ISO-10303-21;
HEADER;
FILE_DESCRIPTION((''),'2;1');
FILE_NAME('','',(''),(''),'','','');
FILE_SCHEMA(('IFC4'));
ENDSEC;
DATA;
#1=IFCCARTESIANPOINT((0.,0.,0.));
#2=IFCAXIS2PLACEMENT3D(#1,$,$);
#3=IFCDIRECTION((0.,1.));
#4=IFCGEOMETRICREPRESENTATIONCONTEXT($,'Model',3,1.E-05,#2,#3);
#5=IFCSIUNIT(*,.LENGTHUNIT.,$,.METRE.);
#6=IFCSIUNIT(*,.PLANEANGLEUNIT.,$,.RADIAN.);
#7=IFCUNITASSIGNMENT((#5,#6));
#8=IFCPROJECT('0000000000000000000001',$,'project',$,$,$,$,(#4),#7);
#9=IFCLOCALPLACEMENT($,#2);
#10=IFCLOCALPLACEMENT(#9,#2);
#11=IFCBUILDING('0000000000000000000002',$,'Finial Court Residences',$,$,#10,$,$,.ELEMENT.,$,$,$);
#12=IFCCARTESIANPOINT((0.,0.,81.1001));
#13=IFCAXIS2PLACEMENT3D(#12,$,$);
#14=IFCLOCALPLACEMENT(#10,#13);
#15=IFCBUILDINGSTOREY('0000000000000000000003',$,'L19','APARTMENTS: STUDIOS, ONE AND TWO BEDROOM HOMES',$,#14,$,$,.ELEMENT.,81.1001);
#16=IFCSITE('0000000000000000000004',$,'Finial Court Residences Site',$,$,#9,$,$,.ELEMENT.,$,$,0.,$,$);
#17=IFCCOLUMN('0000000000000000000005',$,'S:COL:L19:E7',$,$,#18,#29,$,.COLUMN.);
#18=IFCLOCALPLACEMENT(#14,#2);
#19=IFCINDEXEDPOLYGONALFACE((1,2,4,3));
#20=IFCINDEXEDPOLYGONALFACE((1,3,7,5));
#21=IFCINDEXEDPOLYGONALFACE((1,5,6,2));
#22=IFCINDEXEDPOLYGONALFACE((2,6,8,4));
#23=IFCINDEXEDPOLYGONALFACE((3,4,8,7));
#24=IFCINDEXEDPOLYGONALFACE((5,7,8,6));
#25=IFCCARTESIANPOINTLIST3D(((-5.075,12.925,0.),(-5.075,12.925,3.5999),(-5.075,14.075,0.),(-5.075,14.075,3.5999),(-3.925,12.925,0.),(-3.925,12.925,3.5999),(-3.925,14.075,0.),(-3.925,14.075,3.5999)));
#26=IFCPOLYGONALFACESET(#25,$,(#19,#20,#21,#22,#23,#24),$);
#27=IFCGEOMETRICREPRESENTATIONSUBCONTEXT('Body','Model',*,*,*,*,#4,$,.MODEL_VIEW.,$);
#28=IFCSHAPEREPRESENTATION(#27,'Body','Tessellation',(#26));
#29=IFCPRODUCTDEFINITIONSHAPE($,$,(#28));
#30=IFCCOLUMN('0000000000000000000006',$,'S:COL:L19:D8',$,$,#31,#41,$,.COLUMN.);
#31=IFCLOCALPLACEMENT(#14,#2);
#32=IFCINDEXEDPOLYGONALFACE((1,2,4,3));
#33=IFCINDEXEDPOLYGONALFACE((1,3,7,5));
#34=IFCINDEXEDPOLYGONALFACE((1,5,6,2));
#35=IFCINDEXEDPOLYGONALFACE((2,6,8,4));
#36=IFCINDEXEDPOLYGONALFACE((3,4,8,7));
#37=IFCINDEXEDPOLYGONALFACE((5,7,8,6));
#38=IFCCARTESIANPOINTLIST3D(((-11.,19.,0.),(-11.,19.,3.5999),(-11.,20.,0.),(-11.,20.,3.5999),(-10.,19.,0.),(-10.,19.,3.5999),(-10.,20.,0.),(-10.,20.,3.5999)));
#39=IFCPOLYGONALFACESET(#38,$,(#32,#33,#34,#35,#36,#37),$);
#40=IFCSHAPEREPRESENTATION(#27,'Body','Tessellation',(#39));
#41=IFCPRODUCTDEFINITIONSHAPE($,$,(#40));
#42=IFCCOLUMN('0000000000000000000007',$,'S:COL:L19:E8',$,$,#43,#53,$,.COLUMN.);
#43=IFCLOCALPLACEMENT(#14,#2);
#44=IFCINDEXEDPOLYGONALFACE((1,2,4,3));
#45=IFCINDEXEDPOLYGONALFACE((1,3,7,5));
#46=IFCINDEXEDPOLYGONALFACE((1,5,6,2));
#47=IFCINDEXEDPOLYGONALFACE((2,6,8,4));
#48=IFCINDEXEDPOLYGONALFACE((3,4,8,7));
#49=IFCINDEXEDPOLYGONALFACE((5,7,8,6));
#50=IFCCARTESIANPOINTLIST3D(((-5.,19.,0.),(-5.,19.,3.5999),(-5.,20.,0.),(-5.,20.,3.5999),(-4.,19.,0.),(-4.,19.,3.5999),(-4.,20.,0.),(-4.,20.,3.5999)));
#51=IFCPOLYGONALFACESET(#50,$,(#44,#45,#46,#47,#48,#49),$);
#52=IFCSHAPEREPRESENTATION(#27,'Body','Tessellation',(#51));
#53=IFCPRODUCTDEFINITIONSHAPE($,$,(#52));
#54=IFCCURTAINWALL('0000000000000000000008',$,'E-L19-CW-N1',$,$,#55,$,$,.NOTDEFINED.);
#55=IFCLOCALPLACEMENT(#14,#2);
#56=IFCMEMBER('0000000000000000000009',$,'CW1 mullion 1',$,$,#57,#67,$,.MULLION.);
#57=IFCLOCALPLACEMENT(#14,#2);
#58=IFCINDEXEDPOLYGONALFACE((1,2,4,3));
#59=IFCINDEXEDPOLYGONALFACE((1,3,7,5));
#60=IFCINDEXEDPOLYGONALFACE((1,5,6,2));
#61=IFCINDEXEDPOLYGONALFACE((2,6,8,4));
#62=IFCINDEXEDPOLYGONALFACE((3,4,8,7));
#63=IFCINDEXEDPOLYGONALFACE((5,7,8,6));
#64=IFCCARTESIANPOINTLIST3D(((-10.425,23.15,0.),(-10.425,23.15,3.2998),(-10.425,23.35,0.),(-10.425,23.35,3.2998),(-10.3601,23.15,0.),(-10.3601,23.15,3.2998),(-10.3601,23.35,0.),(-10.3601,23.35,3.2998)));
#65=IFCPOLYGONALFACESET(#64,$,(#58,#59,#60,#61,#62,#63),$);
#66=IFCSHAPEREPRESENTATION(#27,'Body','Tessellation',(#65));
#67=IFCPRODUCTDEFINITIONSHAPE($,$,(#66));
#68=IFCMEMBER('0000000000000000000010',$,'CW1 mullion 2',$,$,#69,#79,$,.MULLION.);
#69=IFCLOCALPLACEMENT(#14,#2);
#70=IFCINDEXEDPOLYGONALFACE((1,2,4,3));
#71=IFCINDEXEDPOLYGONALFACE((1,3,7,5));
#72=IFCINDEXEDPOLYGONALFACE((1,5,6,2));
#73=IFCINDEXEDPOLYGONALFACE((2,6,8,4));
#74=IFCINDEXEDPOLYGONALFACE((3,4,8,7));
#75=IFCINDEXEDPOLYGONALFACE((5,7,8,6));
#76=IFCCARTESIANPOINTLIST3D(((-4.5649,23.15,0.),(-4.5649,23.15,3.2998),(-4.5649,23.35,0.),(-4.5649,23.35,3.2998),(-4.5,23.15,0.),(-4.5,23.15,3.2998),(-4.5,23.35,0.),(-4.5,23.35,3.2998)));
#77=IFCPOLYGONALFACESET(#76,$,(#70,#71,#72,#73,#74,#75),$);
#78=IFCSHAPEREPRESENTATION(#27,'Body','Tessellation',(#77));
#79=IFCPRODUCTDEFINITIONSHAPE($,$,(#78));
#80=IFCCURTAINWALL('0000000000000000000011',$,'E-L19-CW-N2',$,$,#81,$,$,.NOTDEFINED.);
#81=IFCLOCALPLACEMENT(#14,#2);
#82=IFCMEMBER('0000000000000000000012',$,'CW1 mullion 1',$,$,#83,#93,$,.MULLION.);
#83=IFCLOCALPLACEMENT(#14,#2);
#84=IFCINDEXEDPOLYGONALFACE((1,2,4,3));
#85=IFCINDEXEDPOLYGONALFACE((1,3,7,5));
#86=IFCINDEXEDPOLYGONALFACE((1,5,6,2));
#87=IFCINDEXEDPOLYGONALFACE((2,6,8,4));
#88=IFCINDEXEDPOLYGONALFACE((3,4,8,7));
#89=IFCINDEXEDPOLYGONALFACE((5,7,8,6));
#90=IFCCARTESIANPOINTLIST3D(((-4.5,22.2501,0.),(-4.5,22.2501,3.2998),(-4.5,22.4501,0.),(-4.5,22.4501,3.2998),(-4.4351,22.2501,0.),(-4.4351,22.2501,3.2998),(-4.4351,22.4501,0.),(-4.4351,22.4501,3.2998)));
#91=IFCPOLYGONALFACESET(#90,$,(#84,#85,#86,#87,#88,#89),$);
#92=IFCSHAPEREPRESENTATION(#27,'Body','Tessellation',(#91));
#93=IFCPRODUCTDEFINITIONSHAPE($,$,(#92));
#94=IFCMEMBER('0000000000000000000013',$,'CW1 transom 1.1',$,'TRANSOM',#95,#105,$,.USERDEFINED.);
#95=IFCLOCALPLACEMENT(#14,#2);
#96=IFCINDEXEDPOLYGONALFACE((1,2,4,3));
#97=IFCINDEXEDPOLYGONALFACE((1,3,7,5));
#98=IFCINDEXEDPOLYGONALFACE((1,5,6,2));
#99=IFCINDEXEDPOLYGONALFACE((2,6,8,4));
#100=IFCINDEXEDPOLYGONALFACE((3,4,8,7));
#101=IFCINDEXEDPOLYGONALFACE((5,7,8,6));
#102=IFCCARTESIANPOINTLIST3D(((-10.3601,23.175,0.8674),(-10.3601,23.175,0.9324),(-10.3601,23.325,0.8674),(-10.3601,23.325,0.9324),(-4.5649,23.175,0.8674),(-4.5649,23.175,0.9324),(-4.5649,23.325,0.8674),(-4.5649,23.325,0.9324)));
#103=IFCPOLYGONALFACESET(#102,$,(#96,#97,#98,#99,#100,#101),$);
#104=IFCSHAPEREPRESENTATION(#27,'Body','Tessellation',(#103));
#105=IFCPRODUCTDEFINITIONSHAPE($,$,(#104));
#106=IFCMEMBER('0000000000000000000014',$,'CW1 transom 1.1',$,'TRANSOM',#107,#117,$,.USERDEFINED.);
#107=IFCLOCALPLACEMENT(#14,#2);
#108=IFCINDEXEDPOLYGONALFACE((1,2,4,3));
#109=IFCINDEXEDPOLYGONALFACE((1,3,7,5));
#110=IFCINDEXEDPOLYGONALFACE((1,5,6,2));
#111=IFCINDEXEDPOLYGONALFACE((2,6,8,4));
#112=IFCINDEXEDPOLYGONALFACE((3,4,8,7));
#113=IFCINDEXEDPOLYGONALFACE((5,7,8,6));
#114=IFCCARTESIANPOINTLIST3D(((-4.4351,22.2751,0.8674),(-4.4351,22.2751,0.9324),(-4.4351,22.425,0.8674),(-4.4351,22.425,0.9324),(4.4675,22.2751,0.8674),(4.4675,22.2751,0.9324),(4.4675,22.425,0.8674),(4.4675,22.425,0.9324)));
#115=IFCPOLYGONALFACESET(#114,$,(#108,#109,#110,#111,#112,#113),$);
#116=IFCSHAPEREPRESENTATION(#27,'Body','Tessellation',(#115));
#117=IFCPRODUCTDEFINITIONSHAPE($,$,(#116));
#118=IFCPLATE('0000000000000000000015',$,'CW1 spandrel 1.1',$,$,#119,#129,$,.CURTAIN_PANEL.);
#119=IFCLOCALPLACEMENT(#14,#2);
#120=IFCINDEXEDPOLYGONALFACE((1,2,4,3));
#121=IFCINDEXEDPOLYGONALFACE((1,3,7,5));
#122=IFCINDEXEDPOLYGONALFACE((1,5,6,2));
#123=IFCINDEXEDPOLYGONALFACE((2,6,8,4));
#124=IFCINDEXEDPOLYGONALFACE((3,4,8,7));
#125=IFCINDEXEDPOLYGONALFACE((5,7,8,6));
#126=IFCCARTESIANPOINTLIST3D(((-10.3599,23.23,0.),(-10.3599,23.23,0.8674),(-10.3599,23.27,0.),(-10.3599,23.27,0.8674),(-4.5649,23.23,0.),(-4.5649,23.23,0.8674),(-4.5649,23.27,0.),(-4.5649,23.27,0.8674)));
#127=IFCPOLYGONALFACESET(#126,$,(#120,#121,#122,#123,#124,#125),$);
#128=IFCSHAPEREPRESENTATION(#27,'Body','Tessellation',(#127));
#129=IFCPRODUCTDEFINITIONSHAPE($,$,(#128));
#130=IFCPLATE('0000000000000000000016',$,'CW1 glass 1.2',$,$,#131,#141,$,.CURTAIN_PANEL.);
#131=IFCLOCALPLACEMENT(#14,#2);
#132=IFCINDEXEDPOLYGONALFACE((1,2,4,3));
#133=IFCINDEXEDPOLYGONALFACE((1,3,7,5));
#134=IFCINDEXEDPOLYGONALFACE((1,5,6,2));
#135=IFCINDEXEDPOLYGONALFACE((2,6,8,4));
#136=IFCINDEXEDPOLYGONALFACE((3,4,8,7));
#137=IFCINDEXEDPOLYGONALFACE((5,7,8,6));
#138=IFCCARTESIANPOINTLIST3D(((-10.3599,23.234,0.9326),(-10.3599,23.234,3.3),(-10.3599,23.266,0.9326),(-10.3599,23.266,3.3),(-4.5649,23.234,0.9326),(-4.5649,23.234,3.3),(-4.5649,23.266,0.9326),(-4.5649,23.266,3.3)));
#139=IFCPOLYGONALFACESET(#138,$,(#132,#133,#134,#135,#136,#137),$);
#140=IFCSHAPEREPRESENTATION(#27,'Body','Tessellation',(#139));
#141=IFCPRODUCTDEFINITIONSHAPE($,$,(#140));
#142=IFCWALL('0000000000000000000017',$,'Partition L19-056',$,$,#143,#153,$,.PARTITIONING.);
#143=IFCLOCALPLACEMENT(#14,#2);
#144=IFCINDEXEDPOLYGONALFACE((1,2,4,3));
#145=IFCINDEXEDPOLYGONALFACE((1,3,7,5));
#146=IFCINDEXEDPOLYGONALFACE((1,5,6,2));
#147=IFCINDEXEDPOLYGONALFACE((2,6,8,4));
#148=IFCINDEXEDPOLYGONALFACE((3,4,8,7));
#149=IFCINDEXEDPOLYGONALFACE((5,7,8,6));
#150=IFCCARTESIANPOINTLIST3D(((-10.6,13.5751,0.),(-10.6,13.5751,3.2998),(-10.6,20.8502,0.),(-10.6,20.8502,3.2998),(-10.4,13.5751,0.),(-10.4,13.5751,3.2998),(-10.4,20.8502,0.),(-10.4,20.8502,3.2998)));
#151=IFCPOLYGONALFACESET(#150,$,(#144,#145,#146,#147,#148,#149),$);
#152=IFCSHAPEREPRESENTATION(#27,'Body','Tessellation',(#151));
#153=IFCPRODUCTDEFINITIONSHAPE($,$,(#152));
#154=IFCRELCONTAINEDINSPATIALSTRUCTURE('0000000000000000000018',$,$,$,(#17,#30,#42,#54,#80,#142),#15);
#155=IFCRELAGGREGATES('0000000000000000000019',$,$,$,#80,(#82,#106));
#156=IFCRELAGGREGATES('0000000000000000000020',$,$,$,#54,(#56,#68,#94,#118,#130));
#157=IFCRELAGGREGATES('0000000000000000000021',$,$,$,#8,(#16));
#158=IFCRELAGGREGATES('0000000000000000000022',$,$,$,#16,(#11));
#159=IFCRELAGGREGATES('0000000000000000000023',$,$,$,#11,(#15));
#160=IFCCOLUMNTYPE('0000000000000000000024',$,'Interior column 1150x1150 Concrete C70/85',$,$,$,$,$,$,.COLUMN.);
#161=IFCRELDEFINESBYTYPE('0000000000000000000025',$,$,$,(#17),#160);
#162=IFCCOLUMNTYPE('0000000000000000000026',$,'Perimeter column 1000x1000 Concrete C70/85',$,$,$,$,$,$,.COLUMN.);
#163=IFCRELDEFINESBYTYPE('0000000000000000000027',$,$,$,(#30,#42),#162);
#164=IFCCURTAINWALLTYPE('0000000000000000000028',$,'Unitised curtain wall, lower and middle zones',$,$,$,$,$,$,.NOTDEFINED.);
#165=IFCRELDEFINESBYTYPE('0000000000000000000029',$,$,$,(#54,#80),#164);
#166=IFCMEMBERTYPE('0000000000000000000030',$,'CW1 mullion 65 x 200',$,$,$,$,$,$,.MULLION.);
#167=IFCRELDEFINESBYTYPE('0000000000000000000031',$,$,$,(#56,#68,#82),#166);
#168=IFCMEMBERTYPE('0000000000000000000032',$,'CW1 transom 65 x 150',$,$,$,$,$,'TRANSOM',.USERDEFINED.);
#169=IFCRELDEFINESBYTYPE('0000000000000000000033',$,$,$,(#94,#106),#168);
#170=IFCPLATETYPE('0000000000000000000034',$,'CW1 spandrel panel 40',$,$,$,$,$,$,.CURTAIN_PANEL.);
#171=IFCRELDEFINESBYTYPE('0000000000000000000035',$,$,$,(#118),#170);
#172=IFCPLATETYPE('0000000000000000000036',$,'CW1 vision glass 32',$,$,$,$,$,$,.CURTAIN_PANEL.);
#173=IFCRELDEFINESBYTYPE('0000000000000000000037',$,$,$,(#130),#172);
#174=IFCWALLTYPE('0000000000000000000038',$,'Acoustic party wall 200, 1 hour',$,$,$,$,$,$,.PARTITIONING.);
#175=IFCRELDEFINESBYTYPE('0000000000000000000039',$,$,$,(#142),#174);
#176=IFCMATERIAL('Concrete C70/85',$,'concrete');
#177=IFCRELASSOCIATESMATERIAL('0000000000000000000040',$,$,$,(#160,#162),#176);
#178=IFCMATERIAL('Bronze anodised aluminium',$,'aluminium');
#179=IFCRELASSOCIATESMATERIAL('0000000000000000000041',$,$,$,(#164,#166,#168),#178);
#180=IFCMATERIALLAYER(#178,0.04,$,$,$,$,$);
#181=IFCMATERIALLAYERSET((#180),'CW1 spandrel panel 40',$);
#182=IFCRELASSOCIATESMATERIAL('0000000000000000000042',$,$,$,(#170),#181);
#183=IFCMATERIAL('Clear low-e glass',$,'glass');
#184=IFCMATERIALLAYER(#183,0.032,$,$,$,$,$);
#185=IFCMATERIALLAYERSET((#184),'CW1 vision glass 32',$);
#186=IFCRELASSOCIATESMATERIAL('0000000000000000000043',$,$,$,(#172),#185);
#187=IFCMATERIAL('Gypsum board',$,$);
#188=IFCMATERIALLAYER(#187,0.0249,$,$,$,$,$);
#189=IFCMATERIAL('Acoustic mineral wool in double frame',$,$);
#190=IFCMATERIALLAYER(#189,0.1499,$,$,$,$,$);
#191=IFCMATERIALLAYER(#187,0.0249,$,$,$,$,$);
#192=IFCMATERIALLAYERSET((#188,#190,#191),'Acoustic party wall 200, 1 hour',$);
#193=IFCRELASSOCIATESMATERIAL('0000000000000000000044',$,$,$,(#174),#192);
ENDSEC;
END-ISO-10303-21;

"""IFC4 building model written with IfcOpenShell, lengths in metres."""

from ifc_helpers import new_model, si_unit, direction, frame, frame_2d, origin, origin_2d, place, context, subcontext, project, spatial, rectangle, extrude, material, layer, layer_set, material_profile, profile_set, type_object, element, aggregate, save


model = new_model("IFC4")

# Units and contexts
model_context = context("Model", 3, precision=1e-05, world=origin(), true_north=direction((0.0, 1.0)))
body_context = subcontext(model_context, "Body", "Model", "MODEL_VIEW")
ifc_project = project(units=[si_unit("LENGTHUNIT", "METRE"), si_unit("PLANEANGLEUNIT", "RADIAN")], contexts=[model_context])

# Site, building, storey
site_placement = place(None, origin())
site = spatial("IfcSite", under=ifc_project, at=site_placement, Name="Finial Court Residences Site", CompositionType="ELEMENT", RefElevation=0.0)
building_placement = place(site_placement, origin())
building = spatial("IfcBuilding", under=site, at=building_placement, Name="Finial Court Residences", CompositionType="ELEMENT")
storey_placement = place(building_placement, frame((0.0, 0.0, 81.1001)))
storey = spatial("IfcBuildingStorey", under=building, at=storey_placement, Name="L19", Description="APARTMENTS: STUDIOS, ONE AND TWO BEDROOM HOMES", CompositionType="ELEMENT", Elevation=81.1001)

# Columns
ifc_material_1 = material(Name="Concrete C70/85", Category="concrete")
ifc_material_profile_1 = material_profile(ifc_material_1, rectangle(XDim=1.1499, YDim=1.1499, at=origin_2d()), Name="1150x1150")
ifc_profile_set_1 = profile_set([ifc_material_profile_1], Name="Concrete C70/85")
column_type_1 = type_object("IfcColumnType", Name="Interior column 1150x1150 Concrete C70/85", PredefinedType="COLUMN", material=ifc_profile_set_1)
column_placement = place(storey_placement, frame((-4.5, 13.5, 0.0), z_axis=(0.0, 0.0, 1.0), x_axis=(1.0, 0.0, 0.0)))
element("IfcColumn", 1, at=column_placement, inside=storey, type_object=column_type_1, Name="S:COL:L19:E7", PredefinedType="COLUMN", context=body_context, shape_type="SweptSolid", body=[
    extrude(rectangle(XDim=1.1499, YDim=1.1499, at=origin_2d()), origin(), (0.0, 0.0, 1.0), 3.5999),
])
ifc_material_profile_2 = material_profile(ifc_material_1, rectangle(XDim=1.0, YDim=1.0, at=origin_2d()), Name="1000x1000")
ifc_profile_set_2 = profile_set([ifc_material_profile_2], Name="Concrete C70/85")
column_type_2 = type_object("IfcColumnType", Name="Perimeter column 1000x1000 Concrete C70/85", PredefinedType="COLUMN", material=ifc_profile_set_2)
for number, where, z_axis, x_axis, name in (
    (2, (-10.5, 19.5, 0.0), (0.0, 0.0, 1.0), (1.0, 0.0, 0.0), "S:COL:L19:D8"),
    (3, (-4.5, 19.5, 0.0), (0.0, 0.0, 1.0), (1.0, 0.0, 0.0), "S:COL:L19:E8"),
):
    element("IfcColumn", number, at=place(storey_placement, frame(where, z_axis=z_axis, x_axis=x_axis)), inside=storey, type_object=column_type_2, Name=name, PredefinedType="COLUMN", context=body_context, shape_type="SweptSolid", body=[
        extrude(rectangle(XDim=1.0, YDim=1.0, at=origin_2d()), origin(), (0.0, 0.0, 1.0), 3.5999),
    ])

# Curtain wall, members
ifc_material_2 = material(Name="Bronze anodised aluminium", Category="aluminium")
curtain_wall_type = type_object("IfcCurtainWallType", Name="Unitised curtain wall, lower and middle zones", PredefinedType="NOTDEFINED", material=ifc_material_2)
curtain_wall_1_placement = place(storey_placement, origin())
curtain_wall_1 = element("IfcCurtainWall", 4, at=curtain_wall_1_placement, inside=storey, type_object=curtain_wall_type, Name="E-L19-CW-N1", PredefinedType="NOTDEFINED")
ifc_material_profile_3 = material_profile(ifc_material_2, rectangle(XDim=0.2, YDim=0.0649, at=origin_2d()), Name="CW1 mullion 65 x 200")
ifc_profile_set_3 = profile_set([ifc_material_profile_3], Name="Bronze anodised aluminium")
member_type_1 = type_object("IfcMemberType", Name="CW1 mullion 65 x 200", PredefinedType="MULLION", material=ifc_profile_set_3)
member_1_placement = place(storey_placement, frame((-10.3926, 23.25, 0.0), z_axis=(0.0, 0.0, 1.0), x_axis=(0.0, 1.0, 0.0)))
member_1 = element("IfcMember", 5, at=member_1_placement, type_object=member_type_1, Name="CW1 mullion 1", PredefinedType="MULLION", context=body_context, shape_type="SweptSolid", body=[
    extrude(rectangle(XDim=0.2, YDim=0.0649, at=origin_2d()), origin(), (0.0, 0.0, 1.0), 3.2998),
])
member_2_placement = place(storey_placement, frame((-4.5325, 23.25, 0.0), z_axis=(0.0, 0.0, 1.0), x_axis=(0.0, 1.0, 0.0)))
member_2 = element("IfcMember", 6, at=member_2_placement, type_object=member_type_1, Name="CW1 mullion 2", PredefinedType="MULLION", context=body_context, shape_type="SweptSolid", body=[
    extrude(rectangle(XDim=0.2, YDim=0.0649, at=origin_2d()), origin(), (0.0, 0.0, 1.0), 3.2998),
])

# Curtain wall, member
curtain_wall_2_placement = place(storey_placement, origin())
curtain_wall_2 = element("IfcCurtainWall", 7, at=curtain_wall_2_placement, inside=storey, type_object=curtain_wall_type, Name="E-L19-CW-N2", PredefinedType="NOTDEFINED")
member_3_placement = place(storey_placement, frame((-4.4675, 22.3501, 0.0), z_axis=(0.0, 0.0, 1.0), x_axis=(0.0, 1.0, 0.0)))
member_3 = element("IfcMember", 8, at=member_3_placement, type_object=member_type_1, Name="CW1 mullion 1", PredefinedType="MULLION", context=body_context, shape_type="SweptSolid", body=[
    extrude(rectangle(XDim=0.2, YDim=0.0649, at=origin_2d()), origin(), (0.0, 0.0, 1.0), 3.2998),
])

# Members
ifc_material_profile_4 = material_profile(ifc_material_2, rectangle(XDim=0.1499, YDim=0.0649, at=origin_2d()), Name="CW1 transom 65 x 150")
ifc_profile_set_4 = profile_set([ifc_material_profile_4], Name="Bronze anodised aluminium")
member_type_2 = type_object("IfcMemberType", Name="CW1 transom 65 x 150", ElementType="TRANSOM", PredefinedType="USERDEFINED", material=ifc_profile_set_4)
member_4_placement = place(storey_placement, frame((-10.3601, 23.25, 0.8999), z_axis=(1.0, 0.0, 0.0), x_axis=(0.0, 1.0, 0.0)))
member_4 = element("IfcMember", 9, at=member_4_placement, type_object=member_type_2, Name="CW1 transom 1.1", ObjectType="TRANSOM", PredefinedType="USERDEFINED", context=body_context, shape_type="SweptSolid", body=[
    extrude(rectangle(XDim=0.1499, YDim=0.0649, at=origin_2d()), origin(), (0.0, 0.0, 1.0), 5.7952),
])
member_5_placement = place(storey_placement, frame((-4.4351, 22.3501, 0.8999), z_axis=(1.0, 0.0, 0.0), x_axis=(0.0, 1.0, 0.0)))
member_5 = element("IfcMember", 10, at=member_5_placement, type_object=member_type_2, Name="CW1 transom 1.1", ObjectType="TRANSOM", PredefinedType="USERDEFINED", context=body_context, shape_type="SweptSolid", body=[
    extrude(rectangle(XDim=0.1499, YDim=0.0649, at=origin_2d()), origin(), (0.0, 0.0, 1.0), 8.9026),
])
aggregate(curtain_wall_2, [member_3, member_5])

# Plates
ifc_layer_1 = layer(ifc_material_2, 0.04)
ifc_layer_set_1 = layer_set([ifc_layer_1], Name="CW1 spandrel panel 40")
plate_type_1 = type_object("IfcPlateType", Name="CW1 spandrel panel 40", PredefinedType="CURTAIN_PANEL", material=ifc_layer_set_1)
plate_1_placement = place(storey_placement, frame((-7.4624, 23.25, 0.0), z_axis=(0.0, 0.0, 1.0), x_axis=(1.0, 0.0, 0.0)))
plate_1 = element("IfcPlate", 11, at=plate_1_placement, type_object=plate_type_1, Name="CW1 spandrel 1.1", PredefinedType="CURTAIN_PANEL", context=body_context, shape_type="SweptSolid", body=[
    extrude(rectangle(XDim=5.7949, YDim=0.04, at=origin_2d()), origin(), (0.0, 0.0, 1.0), 0.8674),
])
ifc_material_3 = material(Name="Clear low-e glass", Category="glass")
ifc_layer_2 = layer(ifc_material_3, 0.032)
ifc_layer_set_2 = layer_set([ifc_layer_2], Name="CW1 vision glass 32")
plate_type_2 = type_object("IfcPlateType", Name="CW1 vision glass 32", PredefinedType="CURTAIN_PANEL", material=ifc_layer_set_2)
plate_2_placement = place(storey_placement, frame((-7.4624, 23.25, 0.9326), z_axis=(0.0, 0.0, 1.0), x_axis=(1.0, 0.0, 0.0)))
plate_2 = element("IfcPlate", 12, at=plate_2_placement, type_object=plate_type_2, Name="CW1 glass 1.2", PredefinedType="CURTAIN_PANEL", context=body_context, shape_type="SweptSolid", body=[
    extrude(rectangle(XDim=5.7949, YDim=0.032, at=origin_2d()), origin(), (0.0, 0.0, 1.0), 2.3674),
])
aggregate(curtain_wall_1, [member_1, member_2, member_4, plate_1, plate_2])

# Wall
ifc_material_4 = material(Name="Gypsum board")
ifc_layer_3 = layer(ifc_material_4, 0.0249)
ifc_material_5 = material(Name="Acoustic mineral wool in double frame")
ifc_layer_4 = layer(ifc_material_5, 0.1499)
ifc_layer_5 = layer(ifc_material_4, 0.0249)
ifc_layer_set_3 = layer_set([ifc_layer_3, ifc_layer_4, ifc_layer_5], Name="Acoustic party wall 200, 1 hour")
wall_type_1 = type_object("IfcWallType", Name="Acoustic party wall 200, 1 hour", PredefinedType="PARTITIONING", material=ifc_layer_set_3)
wall_1_placement = place(storey_placement, frame((-10.5, 13.575, 0.0), z_axis=(0.0, 0.0, 1.0), x_axis=(0.0, 1.0, 0.0)))
element("IfcWall", 13, at=wall_1_placement, inside=storey, type_object=wall_type_1, Name="Partition L19-056", PredefinedType="PARTITIONING", context=body_context, shape_type="SweptSolid", body=[
    extrude(rectangle(XDim=7.2751, YDim=0.2, at=frame_2d((3.6377, 0.0))), origin(), (0.0, 0.0, 1.0), 3.2998),
])

save(model, "model.ifc")
